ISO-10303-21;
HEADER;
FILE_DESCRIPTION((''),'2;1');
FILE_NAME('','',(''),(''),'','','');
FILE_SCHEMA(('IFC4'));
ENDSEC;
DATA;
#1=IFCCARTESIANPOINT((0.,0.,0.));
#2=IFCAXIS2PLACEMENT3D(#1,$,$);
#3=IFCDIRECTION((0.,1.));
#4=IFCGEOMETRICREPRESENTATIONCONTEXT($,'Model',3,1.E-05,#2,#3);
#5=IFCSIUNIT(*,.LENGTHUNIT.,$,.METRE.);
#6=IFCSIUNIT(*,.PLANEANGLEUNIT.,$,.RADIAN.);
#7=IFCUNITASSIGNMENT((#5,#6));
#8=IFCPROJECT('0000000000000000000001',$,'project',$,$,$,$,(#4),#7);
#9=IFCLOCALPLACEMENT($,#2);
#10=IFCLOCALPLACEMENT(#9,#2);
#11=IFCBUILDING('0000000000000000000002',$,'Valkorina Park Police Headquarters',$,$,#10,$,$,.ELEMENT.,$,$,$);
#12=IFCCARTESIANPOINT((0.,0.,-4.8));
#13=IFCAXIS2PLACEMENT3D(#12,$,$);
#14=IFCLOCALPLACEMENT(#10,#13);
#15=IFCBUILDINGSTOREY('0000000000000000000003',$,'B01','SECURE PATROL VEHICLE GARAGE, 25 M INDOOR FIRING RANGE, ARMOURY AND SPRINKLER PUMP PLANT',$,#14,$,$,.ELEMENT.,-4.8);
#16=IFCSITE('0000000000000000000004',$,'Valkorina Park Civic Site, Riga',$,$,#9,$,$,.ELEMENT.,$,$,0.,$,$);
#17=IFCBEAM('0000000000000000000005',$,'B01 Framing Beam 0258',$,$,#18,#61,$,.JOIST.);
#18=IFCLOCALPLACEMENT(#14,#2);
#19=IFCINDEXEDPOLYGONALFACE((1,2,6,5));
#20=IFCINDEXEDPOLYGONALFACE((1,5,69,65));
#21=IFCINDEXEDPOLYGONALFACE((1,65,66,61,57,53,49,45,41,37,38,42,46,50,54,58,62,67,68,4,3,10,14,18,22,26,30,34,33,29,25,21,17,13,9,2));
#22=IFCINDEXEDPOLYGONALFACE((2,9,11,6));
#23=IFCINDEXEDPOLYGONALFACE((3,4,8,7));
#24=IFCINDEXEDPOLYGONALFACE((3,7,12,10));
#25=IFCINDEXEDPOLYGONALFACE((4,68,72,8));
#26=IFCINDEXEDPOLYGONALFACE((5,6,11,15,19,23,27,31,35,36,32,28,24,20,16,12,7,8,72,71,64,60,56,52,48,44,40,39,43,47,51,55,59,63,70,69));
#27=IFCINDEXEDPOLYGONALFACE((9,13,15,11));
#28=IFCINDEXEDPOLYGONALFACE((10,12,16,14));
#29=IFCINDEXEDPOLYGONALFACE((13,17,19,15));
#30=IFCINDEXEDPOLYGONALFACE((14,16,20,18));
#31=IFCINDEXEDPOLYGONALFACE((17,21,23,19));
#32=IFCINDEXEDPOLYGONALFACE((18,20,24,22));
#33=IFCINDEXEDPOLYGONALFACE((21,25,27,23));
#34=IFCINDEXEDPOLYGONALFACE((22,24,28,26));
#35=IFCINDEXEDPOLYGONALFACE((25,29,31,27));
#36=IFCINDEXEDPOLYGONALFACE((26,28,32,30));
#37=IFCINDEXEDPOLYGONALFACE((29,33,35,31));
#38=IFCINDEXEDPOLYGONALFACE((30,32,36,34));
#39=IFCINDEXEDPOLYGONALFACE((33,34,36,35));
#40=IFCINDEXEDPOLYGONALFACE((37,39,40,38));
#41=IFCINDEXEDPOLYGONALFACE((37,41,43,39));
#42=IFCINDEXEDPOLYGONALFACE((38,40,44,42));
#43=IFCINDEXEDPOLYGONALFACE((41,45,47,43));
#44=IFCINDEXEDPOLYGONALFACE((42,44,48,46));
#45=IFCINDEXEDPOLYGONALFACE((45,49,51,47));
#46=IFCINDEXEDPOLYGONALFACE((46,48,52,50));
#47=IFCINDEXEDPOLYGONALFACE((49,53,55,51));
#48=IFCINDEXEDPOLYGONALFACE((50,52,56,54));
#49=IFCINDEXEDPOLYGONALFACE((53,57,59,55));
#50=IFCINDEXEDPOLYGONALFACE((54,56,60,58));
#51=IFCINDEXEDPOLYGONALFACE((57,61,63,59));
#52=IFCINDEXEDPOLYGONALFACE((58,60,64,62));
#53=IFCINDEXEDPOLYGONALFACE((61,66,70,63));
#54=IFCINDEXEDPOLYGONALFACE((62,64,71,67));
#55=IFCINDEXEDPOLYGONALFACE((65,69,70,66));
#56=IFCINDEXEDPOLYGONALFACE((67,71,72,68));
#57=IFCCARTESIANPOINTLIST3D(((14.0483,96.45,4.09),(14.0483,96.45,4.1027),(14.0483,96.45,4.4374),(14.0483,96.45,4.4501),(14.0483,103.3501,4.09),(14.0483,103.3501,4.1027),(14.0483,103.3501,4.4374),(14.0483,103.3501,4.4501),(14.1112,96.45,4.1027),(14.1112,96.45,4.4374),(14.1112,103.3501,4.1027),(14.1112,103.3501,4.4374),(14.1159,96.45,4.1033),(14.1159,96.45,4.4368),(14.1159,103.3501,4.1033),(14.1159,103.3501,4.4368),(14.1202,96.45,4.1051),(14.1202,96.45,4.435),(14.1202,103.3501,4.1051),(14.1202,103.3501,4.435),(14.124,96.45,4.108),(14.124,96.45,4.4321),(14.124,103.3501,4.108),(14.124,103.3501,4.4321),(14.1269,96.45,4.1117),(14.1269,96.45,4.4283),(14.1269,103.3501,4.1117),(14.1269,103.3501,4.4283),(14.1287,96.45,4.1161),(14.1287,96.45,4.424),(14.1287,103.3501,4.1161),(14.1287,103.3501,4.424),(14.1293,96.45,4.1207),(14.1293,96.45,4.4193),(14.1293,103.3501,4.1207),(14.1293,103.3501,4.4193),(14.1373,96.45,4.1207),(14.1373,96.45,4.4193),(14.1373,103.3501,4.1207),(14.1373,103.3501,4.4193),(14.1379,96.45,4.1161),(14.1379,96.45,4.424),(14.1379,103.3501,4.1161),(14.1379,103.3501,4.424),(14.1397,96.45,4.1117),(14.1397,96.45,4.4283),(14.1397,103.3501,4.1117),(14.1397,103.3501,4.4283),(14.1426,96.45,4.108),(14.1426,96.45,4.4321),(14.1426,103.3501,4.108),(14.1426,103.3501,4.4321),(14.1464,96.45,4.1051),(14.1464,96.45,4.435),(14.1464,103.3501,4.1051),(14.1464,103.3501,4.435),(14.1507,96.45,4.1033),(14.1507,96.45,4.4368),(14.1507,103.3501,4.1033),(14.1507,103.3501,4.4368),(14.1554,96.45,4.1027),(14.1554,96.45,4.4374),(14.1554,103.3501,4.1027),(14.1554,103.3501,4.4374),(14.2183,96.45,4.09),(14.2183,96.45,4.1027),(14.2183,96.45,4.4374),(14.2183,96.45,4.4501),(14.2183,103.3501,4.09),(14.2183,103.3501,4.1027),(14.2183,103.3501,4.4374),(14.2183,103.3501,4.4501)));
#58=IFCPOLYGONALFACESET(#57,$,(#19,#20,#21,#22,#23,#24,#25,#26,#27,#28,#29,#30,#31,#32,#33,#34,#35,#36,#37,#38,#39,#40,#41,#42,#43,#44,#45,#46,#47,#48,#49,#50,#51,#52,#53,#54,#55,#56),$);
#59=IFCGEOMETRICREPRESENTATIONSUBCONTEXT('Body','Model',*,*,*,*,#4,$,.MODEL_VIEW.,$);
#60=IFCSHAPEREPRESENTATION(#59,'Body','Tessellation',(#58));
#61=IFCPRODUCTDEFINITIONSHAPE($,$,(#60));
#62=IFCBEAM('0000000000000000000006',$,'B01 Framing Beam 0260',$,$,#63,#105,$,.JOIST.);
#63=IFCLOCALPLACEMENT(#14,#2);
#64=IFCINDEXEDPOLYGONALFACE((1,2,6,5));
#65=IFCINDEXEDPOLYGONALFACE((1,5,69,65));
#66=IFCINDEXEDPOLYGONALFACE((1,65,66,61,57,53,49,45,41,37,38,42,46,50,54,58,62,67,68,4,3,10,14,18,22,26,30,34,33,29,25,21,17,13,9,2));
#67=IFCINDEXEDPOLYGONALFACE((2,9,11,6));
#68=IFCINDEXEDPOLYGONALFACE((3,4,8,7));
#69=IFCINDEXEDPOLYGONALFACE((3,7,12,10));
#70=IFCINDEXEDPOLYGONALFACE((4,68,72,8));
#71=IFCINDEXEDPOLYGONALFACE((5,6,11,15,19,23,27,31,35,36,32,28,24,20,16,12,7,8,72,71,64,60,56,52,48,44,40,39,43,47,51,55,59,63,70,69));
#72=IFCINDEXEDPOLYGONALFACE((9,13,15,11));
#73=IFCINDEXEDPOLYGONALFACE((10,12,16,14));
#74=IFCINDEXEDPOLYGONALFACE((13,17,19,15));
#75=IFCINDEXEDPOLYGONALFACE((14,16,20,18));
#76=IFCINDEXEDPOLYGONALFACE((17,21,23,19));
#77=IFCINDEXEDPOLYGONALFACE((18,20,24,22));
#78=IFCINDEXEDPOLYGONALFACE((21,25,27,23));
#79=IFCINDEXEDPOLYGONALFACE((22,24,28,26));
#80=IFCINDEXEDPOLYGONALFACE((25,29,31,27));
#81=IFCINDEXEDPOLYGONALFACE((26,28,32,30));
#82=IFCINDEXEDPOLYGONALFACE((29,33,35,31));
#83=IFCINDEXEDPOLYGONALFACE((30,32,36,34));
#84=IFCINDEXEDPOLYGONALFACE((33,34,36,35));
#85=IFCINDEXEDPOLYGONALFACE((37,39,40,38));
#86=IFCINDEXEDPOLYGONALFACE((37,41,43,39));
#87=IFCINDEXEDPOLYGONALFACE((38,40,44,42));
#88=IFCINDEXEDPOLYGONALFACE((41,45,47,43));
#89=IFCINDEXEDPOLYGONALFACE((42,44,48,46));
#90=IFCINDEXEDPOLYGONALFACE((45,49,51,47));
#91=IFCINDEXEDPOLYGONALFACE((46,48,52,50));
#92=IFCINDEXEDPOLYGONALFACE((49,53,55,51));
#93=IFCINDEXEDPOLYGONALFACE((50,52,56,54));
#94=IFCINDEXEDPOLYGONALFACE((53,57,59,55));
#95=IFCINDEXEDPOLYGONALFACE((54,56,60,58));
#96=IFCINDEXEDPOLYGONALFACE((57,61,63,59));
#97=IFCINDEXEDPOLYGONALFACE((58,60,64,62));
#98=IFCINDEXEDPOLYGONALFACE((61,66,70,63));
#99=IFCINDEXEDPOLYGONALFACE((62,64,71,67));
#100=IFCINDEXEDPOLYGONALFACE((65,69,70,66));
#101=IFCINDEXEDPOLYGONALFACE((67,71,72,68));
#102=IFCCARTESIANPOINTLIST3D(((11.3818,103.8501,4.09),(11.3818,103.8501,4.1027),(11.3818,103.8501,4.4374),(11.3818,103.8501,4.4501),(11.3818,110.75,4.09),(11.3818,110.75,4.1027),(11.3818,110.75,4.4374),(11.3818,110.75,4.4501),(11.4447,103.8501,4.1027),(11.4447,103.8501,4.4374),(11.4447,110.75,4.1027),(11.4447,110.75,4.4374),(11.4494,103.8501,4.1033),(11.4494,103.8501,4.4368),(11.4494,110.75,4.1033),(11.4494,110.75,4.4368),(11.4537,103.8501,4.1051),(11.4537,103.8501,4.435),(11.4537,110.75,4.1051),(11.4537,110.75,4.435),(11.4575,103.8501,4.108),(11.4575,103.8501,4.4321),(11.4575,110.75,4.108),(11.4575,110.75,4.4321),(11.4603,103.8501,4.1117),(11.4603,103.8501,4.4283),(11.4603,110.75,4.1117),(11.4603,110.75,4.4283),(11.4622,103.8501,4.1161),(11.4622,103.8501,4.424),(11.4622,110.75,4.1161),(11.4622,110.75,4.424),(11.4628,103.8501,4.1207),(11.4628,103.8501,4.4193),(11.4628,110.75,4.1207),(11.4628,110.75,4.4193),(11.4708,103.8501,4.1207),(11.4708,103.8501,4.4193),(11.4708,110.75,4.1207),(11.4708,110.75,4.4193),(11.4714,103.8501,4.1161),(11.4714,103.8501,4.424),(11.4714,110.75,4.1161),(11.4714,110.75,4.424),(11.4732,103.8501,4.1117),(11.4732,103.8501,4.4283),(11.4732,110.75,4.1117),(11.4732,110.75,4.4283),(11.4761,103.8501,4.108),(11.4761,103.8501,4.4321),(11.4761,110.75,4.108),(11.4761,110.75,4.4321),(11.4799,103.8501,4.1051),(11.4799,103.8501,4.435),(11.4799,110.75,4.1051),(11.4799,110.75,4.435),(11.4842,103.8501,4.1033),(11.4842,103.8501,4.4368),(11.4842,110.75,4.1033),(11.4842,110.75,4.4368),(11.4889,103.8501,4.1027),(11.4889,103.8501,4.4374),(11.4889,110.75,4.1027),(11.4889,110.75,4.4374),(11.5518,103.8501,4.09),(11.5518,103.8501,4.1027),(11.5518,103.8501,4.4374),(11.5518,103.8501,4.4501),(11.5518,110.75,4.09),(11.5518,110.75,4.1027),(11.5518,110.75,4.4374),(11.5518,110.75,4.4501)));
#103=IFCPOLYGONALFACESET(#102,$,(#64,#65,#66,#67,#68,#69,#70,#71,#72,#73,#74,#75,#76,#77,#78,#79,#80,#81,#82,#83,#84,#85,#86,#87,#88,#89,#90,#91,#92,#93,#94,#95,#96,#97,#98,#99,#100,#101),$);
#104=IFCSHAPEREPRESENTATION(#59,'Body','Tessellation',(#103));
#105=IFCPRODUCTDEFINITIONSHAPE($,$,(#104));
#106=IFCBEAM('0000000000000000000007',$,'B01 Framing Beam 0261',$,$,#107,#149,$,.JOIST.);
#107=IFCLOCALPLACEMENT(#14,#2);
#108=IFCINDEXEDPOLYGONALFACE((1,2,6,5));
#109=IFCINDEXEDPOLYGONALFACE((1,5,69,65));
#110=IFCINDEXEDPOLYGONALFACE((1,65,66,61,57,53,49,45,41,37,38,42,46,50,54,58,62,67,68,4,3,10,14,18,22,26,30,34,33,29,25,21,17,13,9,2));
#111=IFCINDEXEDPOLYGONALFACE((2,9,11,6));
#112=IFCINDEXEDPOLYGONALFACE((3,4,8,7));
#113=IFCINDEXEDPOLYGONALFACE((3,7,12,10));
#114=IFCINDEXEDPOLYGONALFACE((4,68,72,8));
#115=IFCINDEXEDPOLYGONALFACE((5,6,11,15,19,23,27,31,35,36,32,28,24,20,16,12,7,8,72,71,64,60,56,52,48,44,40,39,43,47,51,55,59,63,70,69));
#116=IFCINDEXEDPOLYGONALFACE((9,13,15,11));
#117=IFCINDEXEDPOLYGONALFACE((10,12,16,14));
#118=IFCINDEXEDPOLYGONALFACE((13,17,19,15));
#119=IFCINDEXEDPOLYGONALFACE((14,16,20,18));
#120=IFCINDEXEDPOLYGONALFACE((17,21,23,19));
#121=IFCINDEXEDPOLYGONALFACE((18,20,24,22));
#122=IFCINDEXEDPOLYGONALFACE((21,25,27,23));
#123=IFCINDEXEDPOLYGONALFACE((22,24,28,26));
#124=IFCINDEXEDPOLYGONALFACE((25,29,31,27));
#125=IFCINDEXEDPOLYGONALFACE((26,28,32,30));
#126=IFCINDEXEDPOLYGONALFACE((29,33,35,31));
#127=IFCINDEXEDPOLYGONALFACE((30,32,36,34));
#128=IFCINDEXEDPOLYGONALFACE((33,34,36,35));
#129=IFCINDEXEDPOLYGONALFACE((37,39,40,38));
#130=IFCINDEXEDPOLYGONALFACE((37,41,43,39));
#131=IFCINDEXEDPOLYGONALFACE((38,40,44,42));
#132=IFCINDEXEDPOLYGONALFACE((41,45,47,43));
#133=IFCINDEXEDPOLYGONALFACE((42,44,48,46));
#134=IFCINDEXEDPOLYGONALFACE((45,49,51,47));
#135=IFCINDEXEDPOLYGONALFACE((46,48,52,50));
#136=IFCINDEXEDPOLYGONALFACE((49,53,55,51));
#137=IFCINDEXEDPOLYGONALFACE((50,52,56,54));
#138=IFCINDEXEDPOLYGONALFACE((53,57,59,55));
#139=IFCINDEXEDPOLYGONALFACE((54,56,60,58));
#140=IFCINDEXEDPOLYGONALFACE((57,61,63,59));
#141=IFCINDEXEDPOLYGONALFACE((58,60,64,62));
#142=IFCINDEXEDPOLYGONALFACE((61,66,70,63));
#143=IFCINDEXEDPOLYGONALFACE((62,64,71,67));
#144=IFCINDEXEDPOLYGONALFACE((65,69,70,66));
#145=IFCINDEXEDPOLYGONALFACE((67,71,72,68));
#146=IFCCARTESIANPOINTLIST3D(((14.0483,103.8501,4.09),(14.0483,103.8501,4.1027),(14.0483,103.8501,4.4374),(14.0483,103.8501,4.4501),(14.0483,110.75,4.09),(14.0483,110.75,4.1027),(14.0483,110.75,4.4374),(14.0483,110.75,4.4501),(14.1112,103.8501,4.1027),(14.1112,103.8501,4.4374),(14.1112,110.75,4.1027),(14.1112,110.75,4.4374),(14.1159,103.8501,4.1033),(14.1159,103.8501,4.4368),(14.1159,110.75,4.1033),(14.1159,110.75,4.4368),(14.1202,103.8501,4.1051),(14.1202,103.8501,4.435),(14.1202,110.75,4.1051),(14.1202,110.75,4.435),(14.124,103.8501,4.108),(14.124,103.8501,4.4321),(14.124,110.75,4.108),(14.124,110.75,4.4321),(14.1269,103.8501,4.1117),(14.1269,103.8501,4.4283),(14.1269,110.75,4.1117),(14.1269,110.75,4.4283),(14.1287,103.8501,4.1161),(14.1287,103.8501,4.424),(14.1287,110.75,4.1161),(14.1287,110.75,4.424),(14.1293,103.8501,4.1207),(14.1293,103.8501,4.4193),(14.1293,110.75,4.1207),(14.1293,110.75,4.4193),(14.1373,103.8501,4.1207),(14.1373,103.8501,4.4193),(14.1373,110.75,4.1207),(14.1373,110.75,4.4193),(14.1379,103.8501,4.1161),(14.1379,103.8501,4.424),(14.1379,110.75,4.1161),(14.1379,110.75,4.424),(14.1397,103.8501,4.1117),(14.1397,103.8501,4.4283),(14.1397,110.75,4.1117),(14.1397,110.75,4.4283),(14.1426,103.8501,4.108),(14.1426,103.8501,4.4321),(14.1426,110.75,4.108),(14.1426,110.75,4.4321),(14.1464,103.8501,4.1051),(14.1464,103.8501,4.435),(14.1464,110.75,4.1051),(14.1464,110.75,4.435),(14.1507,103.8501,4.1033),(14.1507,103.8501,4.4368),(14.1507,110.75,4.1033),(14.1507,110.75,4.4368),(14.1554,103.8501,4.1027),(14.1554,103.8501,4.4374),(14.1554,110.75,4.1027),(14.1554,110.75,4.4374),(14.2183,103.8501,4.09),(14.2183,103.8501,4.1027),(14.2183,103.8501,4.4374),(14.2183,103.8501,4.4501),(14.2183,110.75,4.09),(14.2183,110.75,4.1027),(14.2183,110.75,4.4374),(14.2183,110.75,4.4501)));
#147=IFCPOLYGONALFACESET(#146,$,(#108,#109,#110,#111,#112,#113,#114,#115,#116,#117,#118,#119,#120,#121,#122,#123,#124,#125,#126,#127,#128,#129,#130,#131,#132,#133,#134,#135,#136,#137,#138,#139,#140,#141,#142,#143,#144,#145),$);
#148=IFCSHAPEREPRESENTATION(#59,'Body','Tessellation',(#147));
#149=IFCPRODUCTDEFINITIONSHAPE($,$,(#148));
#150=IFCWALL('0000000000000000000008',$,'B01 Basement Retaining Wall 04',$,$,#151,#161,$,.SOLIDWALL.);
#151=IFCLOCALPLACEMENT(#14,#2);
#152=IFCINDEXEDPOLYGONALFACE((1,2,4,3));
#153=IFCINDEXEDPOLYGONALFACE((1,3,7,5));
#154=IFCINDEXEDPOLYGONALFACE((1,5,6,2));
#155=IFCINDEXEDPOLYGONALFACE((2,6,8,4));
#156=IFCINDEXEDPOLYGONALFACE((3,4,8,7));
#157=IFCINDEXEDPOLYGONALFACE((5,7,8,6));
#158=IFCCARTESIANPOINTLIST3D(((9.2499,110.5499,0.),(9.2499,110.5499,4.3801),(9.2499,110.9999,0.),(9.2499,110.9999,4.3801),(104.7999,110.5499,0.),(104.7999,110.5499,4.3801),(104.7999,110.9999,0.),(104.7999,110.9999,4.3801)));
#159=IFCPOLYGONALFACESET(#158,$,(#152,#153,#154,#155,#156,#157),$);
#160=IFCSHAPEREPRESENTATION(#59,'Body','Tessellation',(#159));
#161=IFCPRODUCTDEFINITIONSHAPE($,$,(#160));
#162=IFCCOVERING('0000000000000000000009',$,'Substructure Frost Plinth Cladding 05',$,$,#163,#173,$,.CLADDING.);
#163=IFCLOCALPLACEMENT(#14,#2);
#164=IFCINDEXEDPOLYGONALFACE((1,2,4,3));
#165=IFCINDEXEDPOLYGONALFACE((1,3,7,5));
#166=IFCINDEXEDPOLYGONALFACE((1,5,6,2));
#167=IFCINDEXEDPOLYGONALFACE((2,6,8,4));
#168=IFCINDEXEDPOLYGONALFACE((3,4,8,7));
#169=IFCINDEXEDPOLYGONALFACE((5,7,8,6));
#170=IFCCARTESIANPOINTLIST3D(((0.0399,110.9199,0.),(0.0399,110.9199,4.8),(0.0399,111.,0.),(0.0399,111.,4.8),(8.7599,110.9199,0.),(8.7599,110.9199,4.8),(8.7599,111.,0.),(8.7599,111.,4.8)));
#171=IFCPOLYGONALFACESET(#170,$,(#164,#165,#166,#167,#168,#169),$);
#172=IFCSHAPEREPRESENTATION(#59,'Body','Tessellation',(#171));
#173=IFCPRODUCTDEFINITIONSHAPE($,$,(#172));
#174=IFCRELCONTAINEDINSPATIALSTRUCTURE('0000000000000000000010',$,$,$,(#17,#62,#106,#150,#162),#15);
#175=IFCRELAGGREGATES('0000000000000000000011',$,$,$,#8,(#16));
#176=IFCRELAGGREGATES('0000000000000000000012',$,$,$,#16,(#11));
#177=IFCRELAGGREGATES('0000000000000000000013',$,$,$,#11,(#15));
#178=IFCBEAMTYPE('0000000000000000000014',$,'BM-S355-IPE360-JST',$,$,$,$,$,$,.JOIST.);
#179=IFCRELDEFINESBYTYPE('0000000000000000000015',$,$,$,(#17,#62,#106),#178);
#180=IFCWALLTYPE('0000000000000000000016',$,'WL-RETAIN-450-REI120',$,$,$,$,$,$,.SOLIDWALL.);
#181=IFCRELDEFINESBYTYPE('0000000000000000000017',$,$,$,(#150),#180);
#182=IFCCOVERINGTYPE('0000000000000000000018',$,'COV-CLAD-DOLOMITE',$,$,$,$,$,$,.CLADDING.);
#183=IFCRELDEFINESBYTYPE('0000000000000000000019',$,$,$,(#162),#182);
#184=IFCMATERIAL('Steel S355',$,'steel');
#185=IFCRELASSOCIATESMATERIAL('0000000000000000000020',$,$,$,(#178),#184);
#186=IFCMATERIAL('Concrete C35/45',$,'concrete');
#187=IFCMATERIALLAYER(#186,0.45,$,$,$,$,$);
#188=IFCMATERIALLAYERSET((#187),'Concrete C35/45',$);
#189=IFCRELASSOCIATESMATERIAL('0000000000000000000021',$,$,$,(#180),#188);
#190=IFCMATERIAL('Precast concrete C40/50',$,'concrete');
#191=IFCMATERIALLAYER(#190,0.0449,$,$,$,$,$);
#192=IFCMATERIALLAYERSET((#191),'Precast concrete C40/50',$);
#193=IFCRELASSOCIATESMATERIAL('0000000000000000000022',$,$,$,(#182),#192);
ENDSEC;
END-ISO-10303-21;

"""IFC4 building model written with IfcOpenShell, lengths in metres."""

from ifc_helpers import new_model, si_unit, direction, frame, frame_2d, origin, origin_2d, place, context, subcontext, project, spatial, rectangle, i_section, extrude, material, layer, layer_set, material_profile, profile_set, type_object, element, save


model = new_model("IFC4")

# Units and contexts
model_context = context("Model", 3, precision=1e-05, world=origin(), true_north=direction((0.0, 1.0)))
body_context = subcontext(model_context, "Body", "Model", "MODEL_VIEW")
ifc_project = project(units=[si_unit("LENGTHUNIT", "METRE"), si_unit("PLANEANGLEUNIT", "RADIAN")], contexts=[model_context])

# Site, building, storey
site_placement = place(None, origin())
site = spatial("IfcSite", under=ifc_project, at=site_placement, Name="Valkorina Park Civic Site, Riga", CompositionType="ELEMENT", RefElevation=0.0)
building_placement = place(site_placement, origin())
building = spatial("IfcBuilding", under=site, at=building_placement, Name="Valkorina Park Police Headquarters", CompositionType="ELEMENT")
storey_placement = place(building_placement, frame((0.0, 0.0, -4.8)))
storey = spatial("IfcBuildingStorey", under=building, at=storey_placement, Name="B01", Description="SECURE PATROL VEHICLE GARAGE, 25 M INDOOR FIRING RANGE, ARMOURY AND SPRINKLER PUMP PLANT", CompositionType="ELEMENT", Elevation=-4.8)

# Beams
ifc_material_1 = material(Name="Steel S355", Category="steel")
ifc_material_profile_1 = material_profile(ifc_material_1, i_section(OverallWidth=0.1699, OverallDepth=0.3601, WebThickness=0.0081, FlangeThickness=0.0127, FilletRadius=0.0181, at=origin_2d()), Name="IPE 360")
ifc_profile_set_1 = profile_set([ifc_material_profile_1], Name="Steel S355")
beam_type_1 = type_object("IfcBeamType", Name="BM-S355-IPE360-JST", PredefinedType="JOIST", material=ifc_profile_set_1)
for number, where, z_axis, x_axis, name in (
    (1, (14.1333, 96.45, 4.27), (0.0, 1.0, 0.0), (-1.0, 0.0, 0.0), "B01 Framing Beam 0258"),
):
    element("IfcBeam", number, at=place(storey_placement, frame(where, z_axis=z_axis, x_axis=x_axis)), inside=storey, type_object=beam_type_1, Name=name, PredefinedType="JOIST", context=body_context, shape_type="SweptSolid", body=[
        extrude(i_section(OverallWidth=0.1699, OverallDepth=0.3601, WebThickness=0.0081, FlangeThickness=0.0127, FilletRadius=0.0181, at=origin_2d()), origin(), (0.0, 0.0, 1.0), 6.9001),
    ])
for number, where, z_axis, x_axis, name in (
    (2, (11.4668, 103.8501, 4.27), (0.0, 1.0, 0.0), (-1.0, 0.0, 0.0), "B01 Framing Beam 0260"),
    (3, (14.1333, 103.8501, 4.27), (0.0, 1.0, 0.0), (-1.0, 0.0, 0.0), "B01 Framing Beam 0261"),
):
    element("IfcBeam", number, at=place(storey_placement, frame(where, z_axis=z_axis, x_axis=x_axis)), inside=storey, type_object=beam_type_1, Name=name, PredefinedType="JOIST", context=body_context, shape_type="SweptSolid", body=[
        extrude(i_section(OverallWidth=0.1699, OverallDepth=0.3601, WebThickness=0.0081, FlangeThickness=0.0127, FilletRadius=0.0181, at=origin_2d()), origin(), (0.0, 0.0, 1.0), 6.8999),
    ])

# Wall
ifc_material_2 = material(Name="Concrete C35/45", Category="concrete")
ifc_layer_1 = layer(ifc_material_2, 0.45)
ifc_layer_set_1 = layer_set([ifc_layer_1], Name="Concrete C35/45")
wall_type = type_object("IfcWallType", Name="WL-RETAIN-450-REI120", PredefinedType="SOLIDWALL", material=ifc_layer_set_1)
wall_placement = place(storey_placement, frame((9.25, 110.7749, 0.0), z_axis=(0.0, 0.0, 1.0), x_axis=(1.0, 0.0, 0.0)))
element("IfcWall", 4, at=wall_placement, inside=storey, type_object=wall_type, Name="B01 Basement Retaining Wall 04", PredefinedType="SOLIDWALL", context=body_context, shape_type="SweptSolid", body=[
    extrude(rectangle(XDim=95.55, YDim=0.45, at=frame_2d((47.7749, 0.0))), origin(), (0.0, 0.0, 1.0), 4.3801),
])

# Covering
ifc_material_3 = material(Name="Precast concrete C40/50", Category="concrete")
ifc_layer_2 = layer(ifc_material_3, 0.0449)
ifc_layer_set_2 = layer_set([ifc_layer_2], Name="Precast concrete C40/50")
covering_type = type_object("IfcCoveringType", Name="COV-CLAD-DOLOMITE", PredefinedType="CLADDING", material=ifc_layer_set_2)
covering_placement = place(storey_placement, frame((0.04, 110.96, 0.0), z_axis=(0.0, 0.0, 1.0), x_axis=(1.0, 0.0, 0.0)))
element("IfcCovering", 5, at=covering_placement, inside=storey, type_object=covering_type, Name="Substructure Frost Plinth Cladding 05", PredefinedType="CLADDING", context=body_context, shape_type="SweptSolid", body=[
    extrude(rectangle(XDim=8.72, YDim=0.0801, at=frame_2d((4.3599, 0.0))), origin(), (0.0, 0.0, 1.0), 4.8),
])

save(model, "model.ifc")
